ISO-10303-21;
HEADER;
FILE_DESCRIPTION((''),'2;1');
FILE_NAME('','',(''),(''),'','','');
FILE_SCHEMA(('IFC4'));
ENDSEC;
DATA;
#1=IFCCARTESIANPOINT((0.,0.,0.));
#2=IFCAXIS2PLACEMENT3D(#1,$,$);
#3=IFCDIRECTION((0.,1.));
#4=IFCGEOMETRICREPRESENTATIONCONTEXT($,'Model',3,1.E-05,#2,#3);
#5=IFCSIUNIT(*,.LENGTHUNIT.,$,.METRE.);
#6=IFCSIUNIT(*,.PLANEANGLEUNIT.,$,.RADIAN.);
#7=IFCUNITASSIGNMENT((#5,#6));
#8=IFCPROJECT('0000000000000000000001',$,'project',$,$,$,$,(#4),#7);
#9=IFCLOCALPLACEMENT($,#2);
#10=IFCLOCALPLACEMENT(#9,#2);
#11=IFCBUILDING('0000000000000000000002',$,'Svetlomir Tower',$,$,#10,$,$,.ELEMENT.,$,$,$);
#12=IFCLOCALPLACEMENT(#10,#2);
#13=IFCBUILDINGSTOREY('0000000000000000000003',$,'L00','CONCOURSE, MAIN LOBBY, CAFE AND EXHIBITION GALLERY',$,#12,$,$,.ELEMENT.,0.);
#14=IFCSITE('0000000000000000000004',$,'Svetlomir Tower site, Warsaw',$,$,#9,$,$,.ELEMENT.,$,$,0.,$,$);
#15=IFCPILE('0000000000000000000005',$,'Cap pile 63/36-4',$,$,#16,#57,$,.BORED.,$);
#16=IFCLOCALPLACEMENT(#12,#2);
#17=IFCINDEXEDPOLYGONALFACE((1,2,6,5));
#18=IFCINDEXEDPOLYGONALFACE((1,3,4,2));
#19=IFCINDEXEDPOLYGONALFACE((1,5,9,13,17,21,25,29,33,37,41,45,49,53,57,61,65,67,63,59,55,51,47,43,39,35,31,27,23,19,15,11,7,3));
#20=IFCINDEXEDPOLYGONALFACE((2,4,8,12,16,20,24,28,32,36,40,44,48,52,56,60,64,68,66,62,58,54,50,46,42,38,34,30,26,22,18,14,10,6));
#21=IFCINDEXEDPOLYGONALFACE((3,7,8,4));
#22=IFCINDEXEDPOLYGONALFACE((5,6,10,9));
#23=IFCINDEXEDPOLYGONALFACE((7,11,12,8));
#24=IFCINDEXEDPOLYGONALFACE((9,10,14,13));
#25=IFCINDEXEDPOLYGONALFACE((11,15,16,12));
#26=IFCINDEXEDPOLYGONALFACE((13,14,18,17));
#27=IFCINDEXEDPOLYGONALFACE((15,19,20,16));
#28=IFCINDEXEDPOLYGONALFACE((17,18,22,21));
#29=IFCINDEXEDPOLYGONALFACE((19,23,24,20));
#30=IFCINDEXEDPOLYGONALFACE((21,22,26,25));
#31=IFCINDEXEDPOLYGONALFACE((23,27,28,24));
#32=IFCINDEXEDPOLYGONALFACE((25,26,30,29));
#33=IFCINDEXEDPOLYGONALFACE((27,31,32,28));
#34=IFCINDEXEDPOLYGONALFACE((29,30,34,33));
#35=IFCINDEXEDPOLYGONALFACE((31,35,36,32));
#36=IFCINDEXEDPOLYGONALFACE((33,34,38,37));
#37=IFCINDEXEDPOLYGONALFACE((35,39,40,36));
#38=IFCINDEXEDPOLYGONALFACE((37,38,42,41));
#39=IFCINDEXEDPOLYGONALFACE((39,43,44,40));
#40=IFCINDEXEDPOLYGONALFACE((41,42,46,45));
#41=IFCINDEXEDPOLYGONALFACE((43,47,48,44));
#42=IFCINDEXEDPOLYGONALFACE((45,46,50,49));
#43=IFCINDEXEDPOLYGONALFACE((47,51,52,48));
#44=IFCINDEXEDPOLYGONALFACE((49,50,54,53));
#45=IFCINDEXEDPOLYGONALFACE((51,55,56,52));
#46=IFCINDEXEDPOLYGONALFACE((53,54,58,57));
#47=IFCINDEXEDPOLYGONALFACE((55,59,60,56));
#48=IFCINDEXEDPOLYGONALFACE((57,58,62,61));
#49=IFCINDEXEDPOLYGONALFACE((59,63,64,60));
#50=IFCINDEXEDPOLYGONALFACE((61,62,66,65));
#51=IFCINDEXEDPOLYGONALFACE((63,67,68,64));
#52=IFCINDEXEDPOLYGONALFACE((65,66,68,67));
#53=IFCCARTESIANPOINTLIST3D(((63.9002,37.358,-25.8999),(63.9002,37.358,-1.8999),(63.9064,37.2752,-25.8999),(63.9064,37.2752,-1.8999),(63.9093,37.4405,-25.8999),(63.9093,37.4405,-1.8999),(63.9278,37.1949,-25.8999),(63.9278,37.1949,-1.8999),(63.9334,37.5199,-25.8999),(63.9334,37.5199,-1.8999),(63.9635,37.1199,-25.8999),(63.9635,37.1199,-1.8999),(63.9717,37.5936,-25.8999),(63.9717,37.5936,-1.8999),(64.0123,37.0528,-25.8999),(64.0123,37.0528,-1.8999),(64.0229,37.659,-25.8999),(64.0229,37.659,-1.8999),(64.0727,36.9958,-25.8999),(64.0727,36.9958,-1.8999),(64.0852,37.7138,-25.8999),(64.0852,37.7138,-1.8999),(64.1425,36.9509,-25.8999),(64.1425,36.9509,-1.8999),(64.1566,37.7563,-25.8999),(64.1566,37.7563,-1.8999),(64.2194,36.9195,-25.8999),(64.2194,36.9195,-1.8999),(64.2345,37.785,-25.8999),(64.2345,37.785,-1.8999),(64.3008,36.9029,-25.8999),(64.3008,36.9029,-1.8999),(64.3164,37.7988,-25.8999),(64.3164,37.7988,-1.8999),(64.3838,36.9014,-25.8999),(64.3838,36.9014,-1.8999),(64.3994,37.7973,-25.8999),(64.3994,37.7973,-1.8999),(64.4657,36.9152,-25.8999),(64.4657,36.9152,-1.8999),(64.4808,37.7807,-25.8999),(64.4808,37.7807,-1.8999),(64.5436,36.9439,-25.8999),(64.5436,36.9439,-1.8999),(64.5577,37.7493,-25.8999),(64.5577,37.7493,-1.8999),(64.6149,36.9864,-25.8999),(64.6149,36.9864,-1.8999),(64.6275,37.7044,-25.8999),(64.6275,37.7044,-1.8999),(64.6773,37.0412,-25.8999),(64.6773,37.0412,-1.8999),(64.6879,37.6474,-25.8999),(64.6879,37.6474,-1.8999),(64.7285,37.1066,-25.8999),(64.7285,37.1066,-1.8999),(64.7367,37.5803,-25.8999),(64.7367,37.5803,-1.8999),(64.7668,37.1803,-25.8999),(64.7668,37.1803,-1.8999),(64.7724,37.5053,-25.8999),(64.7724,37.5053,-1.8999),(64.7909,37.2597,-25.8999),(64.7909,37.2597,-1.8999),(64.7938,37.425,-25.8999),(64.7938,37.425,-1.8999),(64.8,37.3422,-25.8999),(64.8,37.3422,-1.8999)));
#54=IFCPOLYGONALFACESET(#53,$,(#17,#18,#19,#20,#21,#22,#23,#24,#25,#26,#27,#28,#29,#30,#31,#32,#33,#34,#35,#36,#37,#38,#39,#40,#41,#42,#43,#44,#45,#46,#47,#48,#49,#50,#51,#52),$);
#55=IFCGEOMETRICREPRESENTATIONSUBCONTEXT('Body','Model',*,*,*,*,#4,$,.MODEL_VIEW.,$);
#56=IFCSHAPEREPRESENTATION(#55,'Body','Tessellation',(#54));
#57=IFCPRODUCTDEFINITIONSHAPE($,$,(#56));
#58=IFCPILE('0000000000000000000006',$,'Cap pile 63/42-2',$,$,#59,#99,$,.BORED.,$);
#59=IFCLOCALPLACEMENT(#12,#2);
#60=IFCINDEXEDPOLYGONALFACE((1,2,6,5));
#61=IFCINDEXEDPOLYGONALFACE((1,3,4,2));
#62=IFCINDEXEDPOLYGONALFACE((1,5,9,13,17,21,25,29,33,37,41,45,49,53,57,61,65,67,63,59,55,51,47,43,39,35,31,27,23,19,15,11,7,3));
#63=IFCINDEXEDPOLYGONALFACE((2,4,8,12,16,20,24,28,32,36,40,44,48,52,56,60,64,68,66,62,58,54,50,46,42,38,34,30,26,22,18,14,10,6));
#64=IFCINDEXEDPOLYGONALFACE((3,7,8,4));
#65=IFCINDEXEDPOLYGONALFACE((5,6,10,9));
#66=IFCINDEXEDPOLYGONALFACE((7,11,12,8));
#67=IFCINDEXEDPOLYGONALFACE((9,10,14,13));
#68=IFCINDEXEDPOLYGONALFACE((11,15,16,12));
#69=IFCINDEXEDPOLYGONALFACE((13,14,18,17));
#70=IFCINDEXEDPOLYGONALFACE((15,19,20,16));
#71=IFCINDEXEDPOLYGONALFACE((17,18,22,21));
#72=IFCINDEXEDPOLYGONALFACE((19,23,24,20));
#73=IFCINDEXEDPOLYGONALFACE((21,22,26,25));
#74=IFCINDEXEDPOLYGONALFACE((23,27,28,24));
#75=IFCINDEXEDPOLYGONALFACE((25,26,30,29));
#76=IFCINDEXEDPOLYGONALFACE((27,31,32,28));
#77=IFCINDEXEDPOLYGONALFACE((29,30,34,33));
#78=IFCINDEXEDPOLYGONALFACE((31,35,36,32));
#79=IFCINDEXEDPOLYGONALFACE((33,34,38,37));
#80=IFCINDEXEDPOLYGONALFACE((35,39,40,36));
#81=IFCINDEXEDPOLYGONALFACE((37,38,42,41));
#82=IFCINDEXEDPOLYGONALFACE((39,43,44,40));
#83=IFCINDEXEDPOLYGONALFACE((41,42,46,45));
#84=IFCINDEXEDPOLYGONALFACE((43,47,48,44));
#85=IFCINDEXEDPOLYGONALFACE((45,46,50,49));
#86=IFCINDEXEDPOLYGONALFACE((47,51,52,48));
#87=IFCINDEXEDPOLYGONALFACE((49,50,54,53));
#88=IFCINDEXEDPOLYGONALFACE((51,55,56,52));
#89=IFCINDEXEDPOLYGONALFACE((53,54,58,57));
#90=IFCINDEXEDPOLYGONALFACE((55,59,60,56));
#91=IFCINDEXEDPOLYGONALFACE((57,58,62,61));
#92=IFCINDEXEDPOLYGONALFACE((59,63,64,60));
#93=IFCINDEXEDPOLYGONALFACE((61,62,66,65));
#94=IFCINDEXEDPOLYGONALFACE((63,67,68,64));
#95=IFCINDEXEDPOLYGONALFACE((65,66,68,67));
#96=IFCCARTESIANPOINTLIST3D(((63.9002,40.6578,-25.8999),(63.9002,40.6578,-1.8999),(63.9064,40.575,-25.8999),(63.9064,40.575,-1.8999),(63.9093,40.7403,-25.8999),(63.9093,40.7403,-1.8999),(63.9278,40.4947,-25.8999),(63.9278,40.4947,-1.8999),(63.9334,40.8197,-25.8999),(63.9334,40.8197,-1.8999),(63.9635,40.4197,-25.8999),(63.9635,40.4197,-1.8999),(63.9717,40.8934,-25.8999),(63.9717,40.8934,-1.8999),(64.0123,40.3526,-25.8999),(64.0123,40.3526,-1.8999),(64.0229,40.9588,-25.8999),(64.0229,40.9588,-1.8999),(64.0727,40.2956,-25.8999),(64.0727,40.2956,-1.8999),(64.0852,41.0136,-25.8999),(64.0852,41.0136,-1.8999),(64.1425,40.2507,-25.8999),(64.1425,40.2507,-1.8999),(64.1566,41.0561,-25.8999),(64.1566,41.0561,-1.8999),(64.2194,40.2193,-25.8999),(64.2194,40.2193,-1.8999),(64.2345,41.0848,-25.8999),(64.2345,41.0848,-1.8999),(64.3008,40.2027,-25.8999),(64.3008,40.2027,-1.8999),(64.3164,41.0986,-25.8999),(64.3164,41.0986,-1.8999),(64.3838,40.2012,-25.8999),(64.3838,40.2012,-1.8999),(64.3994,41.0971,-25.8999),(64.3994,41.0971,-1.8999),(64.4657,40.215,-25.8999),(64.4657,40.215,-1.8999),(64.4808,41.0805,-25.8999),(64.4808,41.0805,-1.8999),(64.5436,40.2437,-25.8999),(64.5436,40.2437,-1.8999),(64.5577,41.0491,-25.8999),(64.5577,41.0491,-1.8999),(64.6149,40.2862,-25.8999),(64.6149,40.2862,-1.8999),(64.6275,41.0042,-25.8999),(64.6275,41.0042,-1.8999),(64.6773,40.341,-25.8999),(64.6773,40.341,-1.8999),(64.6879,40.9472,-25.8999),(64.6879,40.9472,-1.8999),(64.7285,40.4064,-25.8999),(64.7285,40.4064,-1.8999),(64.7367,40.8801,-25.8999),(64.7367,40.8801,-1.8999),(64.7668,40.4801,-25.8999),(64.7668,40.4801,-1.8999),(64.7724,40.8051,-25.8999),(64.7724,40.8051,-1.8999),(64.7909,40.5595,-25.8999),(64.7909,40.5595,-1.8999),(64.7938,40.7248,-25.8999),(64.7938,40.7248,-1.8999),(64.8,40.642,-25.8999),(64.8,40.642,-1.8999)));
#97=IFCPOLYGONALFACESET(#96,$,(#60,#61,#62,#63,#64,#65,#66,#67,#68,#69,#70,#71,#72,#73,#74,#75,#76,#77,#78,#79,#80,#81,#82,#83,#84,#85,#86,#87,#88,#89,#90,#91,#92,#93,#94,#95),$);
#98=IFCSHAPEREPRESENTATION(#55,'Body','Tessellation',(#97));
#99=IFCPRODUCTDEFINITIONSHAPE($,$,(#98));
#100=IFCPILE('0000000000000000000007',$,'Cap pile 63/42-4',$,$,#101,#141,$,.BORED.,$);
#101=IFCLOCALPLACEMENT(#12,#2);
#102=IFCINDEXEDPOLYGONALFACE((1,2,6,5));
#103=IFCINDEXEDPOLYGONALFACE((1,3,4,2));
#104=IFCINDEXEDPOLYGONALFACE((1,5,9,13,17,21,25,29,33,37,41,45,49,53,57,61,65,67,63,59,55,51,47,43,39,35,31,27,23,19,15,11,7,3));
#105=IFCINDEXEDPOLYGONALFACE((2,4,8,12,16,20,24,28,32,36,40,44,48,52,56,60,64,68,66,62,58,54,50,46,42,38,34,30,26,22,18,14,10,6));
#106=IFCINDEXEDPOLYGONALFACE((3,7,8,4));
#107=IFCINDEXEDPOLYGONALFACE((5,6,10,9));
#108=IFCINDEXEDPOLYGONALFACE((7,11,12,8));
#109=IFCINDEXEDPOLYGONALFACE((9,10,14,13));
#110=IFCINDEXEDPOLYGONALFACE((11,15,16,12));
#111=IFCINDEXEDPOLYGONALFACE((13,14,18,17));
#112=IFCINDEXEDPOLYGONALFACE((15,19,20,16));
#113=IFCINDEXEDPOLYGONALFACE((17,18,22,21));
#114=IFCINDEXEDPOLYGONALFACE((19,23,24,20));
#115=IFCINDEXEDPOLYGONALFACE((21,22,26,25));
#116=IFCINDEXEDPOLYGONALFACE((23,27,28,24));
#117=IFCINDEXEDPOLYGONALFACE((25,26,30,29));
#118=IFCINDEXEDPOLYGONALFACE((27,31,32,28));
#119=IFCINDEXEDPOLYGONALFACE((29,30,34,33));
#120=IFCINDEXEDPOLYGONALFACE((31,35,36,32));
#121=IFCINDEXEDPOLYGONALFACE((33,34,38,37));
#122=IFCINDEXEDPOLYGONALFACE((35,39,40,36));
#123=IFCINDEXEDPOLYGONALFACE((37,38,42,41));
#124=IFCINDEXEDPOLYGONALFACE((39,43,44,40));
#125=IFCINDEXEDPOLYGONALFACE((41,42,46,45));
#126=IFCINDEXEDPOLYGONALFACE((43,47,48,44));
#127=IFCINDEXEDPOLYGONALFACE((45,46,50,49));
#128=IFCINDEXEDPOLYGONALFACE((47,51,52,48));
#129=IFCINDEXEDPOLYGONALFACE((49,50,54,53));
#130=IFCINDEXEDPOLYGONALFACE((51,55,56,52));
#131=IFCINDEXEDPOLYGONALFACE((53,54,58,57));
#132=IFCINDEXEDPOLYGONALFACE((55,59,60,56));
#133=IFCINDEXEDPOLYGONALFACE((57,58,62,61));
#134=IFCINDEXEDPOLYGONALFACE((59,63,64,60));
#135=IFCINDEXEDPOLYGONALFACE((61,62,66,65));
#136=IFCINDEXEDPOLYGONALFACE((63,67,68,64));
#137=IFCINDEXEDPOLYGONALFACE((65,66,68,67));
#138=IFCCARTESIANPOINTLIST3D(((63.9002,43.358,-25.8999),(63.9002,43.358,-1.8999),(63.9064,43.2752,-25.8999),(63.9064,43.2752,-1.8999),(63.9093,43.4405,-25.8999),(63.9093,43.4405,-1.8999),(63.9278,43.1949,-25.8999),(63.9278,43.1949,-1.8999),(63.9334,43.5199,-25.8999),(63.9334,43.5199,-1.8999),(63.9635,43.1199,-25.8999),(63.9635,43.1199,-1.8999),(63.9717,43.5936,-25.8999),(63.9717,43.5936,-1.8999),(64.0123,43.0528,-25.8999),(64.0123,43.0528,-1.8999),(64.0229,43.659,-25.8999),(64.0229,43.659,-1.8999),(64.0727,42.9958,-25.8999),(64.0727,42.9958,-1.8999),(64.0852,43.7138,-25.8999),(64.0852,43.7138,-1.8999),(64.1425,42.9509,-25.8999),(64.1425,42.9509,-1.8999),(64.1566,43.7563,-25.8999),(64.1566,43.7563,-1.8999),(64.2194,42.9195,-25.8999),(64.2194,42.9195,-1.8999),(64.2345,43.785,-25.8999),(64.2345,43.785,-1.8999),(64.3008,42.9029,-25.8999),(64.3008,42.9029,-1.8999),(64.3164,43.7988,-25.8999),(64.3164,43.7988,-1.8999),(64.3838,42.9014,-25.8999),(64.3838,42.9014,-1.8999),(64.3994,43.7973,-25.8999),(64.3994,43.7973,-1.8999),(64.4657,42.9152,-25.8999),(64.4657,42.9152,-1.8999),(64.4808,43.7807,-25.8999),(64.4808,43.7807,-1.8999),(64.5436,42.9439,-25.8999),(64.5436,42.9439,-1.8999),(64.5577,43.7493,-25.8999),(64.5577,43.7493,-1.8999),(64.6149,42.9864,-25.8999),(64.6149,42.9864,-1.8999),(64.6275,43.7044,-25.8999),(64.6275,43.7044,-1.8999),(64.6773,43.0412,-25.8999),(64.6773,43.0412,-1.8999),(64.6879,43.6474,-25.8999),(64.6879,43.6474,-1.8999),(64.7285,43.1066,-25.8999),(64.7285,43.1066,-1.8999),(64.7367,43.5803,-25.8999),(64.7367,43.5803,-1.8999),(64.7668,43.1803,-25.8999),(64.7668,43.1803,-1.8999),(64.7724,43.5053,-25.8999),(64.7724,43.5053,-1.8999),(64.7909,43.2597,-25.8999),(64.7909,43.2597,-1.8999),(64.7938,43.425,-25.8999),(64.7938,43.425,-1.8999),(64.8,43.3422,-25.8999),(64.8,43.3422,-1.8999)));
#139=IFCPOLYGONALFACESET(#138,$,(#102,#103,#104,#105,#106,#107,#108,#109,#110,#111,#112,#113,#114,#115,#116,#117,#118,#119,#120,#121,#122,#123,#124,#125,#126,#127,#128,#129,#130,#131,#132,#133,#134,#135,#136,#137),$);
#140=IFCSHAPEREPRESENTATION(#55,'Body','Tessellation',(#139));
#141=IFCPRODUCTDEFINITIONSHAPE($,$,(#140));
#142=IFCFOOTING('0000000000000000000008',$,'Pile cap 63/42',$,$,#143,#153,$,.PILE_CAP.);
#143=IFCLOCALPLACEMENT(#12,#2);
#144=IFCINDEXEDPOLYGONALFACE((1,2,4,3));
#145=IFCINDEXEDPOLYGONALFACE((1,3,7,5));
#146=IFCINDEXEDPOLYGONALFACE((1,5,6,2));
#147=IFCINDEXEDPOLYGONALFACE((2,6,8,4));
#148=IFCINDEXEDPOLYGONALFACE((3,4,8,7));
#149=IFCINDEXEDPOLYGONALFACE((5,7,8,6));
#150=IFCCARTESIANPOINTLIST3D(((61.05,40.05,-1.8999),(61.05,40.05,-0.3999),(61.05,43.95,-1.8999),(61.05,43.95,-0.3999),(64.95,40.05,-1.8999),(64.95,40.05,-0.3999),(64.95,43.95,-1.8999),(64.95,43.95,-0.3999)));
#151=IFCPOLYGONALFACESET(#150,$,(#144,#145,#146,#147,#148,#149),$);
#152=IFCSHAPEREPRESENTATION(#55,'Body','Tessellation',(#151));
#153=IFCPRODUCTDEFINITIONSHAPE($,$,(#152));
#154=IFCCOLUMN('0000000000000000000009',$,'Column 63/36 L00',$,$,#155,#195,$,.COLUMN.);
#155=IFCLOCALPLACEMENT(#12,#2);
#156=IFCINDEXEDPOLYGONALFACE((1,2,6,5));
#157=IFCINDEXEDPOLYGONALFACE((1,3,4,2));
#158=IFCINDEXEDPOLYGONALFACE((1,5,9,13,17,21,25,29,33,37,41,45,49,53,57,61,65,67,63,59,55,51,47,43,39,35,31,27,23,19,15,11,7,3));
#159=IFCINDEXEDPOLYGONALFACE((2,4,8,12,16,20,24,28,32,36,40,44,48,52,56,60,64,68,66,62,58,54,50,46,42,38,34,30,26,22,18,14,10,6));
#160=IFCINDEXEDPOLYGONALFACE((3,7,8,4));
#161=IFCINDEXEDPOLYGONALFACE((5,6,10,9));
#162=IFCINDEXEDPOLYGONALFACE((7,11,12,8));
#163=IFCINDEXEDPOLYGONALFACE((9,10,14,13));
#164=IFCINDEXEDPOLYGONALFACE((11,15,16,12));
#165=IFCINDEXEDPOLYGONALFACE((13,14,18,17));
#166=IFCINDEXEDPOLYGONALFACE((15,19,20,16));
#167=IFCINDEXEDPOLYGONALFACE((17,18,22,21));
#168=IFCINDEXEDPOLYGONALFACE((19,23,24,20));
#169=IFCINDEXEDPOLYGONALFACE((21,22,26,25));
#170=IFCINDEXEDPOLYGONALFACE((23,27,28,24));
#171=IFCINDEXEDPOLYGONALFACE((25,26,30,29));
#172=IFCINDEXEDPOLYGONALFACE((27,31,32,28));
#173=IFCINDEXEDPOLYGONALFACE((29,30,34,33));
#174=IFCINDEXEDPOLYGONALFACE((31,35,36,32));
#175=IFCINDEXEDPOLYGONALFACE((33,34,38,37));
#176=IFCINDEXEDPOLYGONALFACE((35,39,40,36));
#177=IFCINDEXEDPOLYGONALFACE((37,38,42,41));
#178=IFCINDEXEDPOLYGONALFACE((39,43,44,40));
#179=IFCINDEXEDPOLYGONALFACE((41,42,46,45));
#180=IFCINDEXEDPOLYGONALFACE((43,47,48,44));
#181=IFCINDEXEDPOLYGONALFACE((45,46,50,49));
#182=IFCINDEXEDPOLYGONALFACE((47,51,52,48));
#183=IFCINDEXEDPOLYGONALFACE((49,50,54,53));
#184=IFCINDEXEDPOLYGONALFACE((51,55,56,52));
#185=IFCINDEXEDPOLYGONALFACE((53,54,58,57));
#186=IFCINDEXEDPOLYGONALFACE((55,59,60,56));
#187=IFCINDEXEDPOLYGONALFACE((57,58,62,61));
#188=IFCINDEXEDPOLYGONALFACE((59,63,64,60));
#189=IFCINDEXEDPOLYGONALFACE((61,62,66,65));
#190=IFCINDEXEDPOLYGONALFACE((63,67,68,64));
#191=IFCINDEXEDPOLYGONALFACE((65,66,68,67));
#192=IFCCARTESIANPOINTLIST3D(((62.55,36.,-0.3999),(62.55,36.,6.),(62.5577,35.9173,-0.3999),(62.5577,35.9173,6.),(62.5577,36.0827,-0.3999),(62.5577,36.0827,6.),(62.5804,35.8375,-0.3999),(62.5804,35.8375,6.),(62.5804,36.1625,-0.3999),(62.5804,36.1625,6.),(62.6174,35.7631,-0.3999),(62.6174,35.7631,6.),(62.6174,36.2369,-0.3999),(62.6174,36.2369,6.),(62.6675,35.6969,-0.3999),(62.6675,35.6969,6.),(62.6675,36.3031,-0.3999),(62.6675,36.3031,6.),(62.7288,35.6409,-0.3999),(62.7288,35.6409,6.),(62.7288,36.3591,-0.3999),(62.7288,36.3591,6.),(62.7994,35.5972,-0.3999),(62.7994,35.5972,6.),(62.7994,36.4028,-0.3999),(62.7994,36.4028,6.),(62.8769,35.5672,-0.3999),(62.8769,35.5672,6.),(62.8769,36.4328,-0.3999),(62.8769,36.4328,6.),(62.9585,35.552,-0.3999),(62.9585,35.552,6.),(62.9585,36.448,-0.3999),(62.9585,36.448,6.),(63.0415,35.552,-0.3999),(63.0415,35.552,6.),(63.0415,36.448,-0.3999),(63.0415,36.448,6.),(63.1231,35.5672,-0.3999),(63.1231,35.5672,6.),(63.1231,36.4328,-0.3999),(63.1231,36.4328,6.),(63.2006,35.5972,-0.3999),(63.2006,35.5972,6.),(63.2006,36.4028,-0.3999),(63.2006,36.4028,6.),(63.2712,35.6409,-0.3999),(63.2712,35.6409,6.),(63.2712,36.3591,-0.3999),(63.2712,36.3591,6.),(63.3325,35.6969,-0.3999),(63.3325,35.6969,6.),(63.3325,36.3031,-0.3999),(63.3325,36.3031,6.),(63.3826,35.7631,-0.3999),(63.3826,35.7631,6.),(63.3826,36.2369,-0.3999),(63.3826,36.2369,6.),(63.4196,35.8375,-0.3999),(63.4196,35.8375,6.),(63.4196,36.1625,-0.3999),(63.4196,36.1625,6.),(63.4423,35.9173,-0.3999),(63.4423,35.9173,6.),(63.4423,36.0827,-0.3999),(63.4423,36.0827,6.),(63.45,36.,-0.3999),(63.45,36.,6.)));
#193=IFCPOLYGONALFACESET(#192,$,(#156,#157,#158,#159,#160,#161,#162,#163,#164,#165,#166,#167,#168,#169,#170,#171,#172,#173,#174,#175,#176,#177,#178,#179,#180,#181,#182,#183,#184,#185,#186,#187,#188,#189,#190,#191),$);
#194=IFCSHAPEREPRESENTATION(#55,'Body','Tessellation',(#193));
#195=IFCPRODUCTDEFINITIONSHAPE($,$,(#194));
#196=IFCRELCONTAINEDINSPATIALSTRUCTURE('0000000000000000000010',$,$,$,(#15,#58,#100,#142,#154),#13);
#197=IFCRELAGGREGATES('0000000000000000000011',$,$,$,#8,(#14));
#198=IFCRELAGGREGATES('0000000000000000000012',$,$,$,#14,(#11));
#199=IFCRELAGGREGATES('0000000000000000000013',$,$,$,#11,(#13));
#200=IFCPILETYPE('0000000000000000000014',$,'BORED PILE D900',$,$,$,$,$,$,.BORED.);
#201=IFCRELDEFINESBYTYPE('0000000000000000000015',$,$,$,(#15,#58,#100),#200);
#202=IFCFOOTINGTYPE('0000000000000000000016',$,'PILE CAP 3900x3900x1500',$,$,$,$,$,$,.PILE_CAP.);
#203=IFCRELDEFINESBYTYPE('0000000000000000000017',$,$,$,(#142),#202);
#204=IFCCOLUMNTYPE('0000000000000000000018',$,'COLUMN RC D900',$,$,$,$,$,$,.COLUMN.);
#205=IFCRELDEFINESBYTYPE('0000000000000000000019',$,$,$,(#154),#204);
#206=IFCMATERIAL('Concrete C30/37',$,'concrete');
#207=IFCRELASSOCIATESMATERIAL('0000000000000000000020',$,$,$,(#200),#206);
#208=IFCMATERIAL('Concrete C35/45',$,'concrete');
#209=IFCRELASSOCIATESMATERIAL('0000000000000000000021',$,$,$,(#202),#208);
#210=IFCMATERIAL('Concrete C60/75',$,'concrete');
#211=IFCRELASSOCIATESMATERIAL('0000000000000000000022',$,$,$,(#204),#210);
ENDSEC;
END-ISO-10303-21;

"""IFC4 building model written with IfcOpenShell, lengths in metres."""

from ifc_helpers import new_model, si_unit, direction, frame, frame_2d, origin, origin_2d, place, context, subcontext, project, spatial, rectangle, circle, extrude, material, material_profile, profile_set, type_object, element, save


model = new_model("IFC4")

# Units and contexts
model_context = context("Model", 3, precision=1e-05, world=origin(), true_north=direction((0.0, 1.0)))
body_context = subcontext(model_context, "Body", "Model", "MODEL_VIEW")
ifc_project = project(units=[si_unit("LENGTHUNIT", "METRE"), si_unit("PLANEANGLEUNIT", "RADIAN")], contexts=[model_context])

# Site, building, storey
site_placement = place(None, origin())
site = spatial("IfcSite", under=ifc_project, at=site_placement, Name="Svetlomir Tower site, Warsaw", CompositionType="ELEMENT", RefElevation=0.0)
building_placement = place(site_placement, origin())
building = spatial("IfcBuilding", under=site, at=building_placement, Name="Svetlomir Tower", CompositionType="ELEMENT")
storey_placement = place(building_placement, origin())
storey = spatial("IfcBuildingStorey", under=building, at=storey_placement, Name="L00", Description="CONCOURSE, MAIN LOBBY, CAFE AND EXHIBITION GALLERY", CompositionType="ELEMENT", Elevation=0.0)

# Piles
ifc_material_1 = material(Name="Concrete C30/37", Category="concrete")
ifc_material_profile_1 = material_profile(ifc_material_1, circle(Radius=0.45, at=origin_2d()), Name="RC D900")
ifc_profile_set_1 = profile_set([ifc_material_profile_1], Name="Concrete C30/37")
pile_type = type_object("IfcPileType", Name="BORED PILE D900", PredefinedType="BORED", material=ifc_profile_set_1)
for number, where, z_axis, x_axis, name in (
    (1, (64.3501, 37.3501, -1.8999), (0.0, 0.0, -1.0), (1.0, 0.0, 0.0), "Cap pile 63/36-4"),
    (2, (64.3501, 40.6499, -1.8999), (0.0, 0.0, -1.0), (1.0, 0.0, 0.0), "Cap pile 63/42-2"),
    (3, (64.3501, 43.3501, -1.8999), (0.0, 0.0, -1.0), (1.0, 0.0, 0.0), "Cap pile 63/42-4"),
):
    element("IfcPile", number, at=place(storey_placement, frame(where, z_axis=z_axis, x_axis=x_axis)), inside=storey, type_object=pile_type, Name=name, PredefinedType="BORED", context=body_context, shape_type="SweptSolid", body=[
        extrude(circle(Radius=0.45, at=frame_2d((0.0, 0.0), x_axis=(0.999848, 0.017452))), origin(), (0.0, 0.0, 1.0), 24.0),
    ])

# Footing
ifc_material_2 = material(Name="Concrete C35/45", Category="concrete")
footing_type = type_object("IfcFootingType", Name="PILE CAP 3900x3900x1500", PredefinedType="PILE_CAP", material=ifc_material_2)
footing_placement = place(storey_placement, frame((63.0, 42.0, -1.8999), z_axis=(0.0, 0.0, 1.0), x_axis=(1.0, 0.0, 0.0)))
element("IfcFooting", 4, at=footing_placement, inside=storey, type_object=footing_type, Name="Pile cap 63/42", PredefinedType="PILE_CAP", context=body_context, shape_type="SweptSolid", body=[
    extrude(rectangle(XDim=3.8999, YDim=3.8999, at=origin_2d()), origin(), (0.0, 0.0, 1.0), 1.5),
])

# Column
ifc_material_3 = material(Name="Concrete C60/75", Category="concrete")
ifc_material_profile_2 = material_profile(ifc_material_3, circle(Radius=0.45, at=origin_2d()), Name="RC D900")
ifc_profile_set_2 = profile_set([ifc_material_profile_2], Name="Concrete C60/75")
column_type = type_object("IfcColumnType", Name="COLUMN RC D900", PredefinedType="COLUMN", material=ifc_profile_set_2)
for number, where, z_axis, x_axis, name in (
    (5, (63.0, 36.0, -0.3999), (0.0, 0.0, 1.0), (1.0, 0.0, 0.0), "Column 63/36 L00"),
):
    element("IfcColumn", number, at=place(storey_placement, frame(where, z_axis=z_axis, x_axis=x_axis)), inside=storey, type_object=column_type, Name=name, PredefinedType="COLUMN", context=body_context, shape_type="SweptSolid", body=[
        extrude(circle(Radius=0.45, at=origin_2d()), origin(), (0.0, 0.0, 1.0), 6.3999),
    ])

save(model, "model.ifc")
